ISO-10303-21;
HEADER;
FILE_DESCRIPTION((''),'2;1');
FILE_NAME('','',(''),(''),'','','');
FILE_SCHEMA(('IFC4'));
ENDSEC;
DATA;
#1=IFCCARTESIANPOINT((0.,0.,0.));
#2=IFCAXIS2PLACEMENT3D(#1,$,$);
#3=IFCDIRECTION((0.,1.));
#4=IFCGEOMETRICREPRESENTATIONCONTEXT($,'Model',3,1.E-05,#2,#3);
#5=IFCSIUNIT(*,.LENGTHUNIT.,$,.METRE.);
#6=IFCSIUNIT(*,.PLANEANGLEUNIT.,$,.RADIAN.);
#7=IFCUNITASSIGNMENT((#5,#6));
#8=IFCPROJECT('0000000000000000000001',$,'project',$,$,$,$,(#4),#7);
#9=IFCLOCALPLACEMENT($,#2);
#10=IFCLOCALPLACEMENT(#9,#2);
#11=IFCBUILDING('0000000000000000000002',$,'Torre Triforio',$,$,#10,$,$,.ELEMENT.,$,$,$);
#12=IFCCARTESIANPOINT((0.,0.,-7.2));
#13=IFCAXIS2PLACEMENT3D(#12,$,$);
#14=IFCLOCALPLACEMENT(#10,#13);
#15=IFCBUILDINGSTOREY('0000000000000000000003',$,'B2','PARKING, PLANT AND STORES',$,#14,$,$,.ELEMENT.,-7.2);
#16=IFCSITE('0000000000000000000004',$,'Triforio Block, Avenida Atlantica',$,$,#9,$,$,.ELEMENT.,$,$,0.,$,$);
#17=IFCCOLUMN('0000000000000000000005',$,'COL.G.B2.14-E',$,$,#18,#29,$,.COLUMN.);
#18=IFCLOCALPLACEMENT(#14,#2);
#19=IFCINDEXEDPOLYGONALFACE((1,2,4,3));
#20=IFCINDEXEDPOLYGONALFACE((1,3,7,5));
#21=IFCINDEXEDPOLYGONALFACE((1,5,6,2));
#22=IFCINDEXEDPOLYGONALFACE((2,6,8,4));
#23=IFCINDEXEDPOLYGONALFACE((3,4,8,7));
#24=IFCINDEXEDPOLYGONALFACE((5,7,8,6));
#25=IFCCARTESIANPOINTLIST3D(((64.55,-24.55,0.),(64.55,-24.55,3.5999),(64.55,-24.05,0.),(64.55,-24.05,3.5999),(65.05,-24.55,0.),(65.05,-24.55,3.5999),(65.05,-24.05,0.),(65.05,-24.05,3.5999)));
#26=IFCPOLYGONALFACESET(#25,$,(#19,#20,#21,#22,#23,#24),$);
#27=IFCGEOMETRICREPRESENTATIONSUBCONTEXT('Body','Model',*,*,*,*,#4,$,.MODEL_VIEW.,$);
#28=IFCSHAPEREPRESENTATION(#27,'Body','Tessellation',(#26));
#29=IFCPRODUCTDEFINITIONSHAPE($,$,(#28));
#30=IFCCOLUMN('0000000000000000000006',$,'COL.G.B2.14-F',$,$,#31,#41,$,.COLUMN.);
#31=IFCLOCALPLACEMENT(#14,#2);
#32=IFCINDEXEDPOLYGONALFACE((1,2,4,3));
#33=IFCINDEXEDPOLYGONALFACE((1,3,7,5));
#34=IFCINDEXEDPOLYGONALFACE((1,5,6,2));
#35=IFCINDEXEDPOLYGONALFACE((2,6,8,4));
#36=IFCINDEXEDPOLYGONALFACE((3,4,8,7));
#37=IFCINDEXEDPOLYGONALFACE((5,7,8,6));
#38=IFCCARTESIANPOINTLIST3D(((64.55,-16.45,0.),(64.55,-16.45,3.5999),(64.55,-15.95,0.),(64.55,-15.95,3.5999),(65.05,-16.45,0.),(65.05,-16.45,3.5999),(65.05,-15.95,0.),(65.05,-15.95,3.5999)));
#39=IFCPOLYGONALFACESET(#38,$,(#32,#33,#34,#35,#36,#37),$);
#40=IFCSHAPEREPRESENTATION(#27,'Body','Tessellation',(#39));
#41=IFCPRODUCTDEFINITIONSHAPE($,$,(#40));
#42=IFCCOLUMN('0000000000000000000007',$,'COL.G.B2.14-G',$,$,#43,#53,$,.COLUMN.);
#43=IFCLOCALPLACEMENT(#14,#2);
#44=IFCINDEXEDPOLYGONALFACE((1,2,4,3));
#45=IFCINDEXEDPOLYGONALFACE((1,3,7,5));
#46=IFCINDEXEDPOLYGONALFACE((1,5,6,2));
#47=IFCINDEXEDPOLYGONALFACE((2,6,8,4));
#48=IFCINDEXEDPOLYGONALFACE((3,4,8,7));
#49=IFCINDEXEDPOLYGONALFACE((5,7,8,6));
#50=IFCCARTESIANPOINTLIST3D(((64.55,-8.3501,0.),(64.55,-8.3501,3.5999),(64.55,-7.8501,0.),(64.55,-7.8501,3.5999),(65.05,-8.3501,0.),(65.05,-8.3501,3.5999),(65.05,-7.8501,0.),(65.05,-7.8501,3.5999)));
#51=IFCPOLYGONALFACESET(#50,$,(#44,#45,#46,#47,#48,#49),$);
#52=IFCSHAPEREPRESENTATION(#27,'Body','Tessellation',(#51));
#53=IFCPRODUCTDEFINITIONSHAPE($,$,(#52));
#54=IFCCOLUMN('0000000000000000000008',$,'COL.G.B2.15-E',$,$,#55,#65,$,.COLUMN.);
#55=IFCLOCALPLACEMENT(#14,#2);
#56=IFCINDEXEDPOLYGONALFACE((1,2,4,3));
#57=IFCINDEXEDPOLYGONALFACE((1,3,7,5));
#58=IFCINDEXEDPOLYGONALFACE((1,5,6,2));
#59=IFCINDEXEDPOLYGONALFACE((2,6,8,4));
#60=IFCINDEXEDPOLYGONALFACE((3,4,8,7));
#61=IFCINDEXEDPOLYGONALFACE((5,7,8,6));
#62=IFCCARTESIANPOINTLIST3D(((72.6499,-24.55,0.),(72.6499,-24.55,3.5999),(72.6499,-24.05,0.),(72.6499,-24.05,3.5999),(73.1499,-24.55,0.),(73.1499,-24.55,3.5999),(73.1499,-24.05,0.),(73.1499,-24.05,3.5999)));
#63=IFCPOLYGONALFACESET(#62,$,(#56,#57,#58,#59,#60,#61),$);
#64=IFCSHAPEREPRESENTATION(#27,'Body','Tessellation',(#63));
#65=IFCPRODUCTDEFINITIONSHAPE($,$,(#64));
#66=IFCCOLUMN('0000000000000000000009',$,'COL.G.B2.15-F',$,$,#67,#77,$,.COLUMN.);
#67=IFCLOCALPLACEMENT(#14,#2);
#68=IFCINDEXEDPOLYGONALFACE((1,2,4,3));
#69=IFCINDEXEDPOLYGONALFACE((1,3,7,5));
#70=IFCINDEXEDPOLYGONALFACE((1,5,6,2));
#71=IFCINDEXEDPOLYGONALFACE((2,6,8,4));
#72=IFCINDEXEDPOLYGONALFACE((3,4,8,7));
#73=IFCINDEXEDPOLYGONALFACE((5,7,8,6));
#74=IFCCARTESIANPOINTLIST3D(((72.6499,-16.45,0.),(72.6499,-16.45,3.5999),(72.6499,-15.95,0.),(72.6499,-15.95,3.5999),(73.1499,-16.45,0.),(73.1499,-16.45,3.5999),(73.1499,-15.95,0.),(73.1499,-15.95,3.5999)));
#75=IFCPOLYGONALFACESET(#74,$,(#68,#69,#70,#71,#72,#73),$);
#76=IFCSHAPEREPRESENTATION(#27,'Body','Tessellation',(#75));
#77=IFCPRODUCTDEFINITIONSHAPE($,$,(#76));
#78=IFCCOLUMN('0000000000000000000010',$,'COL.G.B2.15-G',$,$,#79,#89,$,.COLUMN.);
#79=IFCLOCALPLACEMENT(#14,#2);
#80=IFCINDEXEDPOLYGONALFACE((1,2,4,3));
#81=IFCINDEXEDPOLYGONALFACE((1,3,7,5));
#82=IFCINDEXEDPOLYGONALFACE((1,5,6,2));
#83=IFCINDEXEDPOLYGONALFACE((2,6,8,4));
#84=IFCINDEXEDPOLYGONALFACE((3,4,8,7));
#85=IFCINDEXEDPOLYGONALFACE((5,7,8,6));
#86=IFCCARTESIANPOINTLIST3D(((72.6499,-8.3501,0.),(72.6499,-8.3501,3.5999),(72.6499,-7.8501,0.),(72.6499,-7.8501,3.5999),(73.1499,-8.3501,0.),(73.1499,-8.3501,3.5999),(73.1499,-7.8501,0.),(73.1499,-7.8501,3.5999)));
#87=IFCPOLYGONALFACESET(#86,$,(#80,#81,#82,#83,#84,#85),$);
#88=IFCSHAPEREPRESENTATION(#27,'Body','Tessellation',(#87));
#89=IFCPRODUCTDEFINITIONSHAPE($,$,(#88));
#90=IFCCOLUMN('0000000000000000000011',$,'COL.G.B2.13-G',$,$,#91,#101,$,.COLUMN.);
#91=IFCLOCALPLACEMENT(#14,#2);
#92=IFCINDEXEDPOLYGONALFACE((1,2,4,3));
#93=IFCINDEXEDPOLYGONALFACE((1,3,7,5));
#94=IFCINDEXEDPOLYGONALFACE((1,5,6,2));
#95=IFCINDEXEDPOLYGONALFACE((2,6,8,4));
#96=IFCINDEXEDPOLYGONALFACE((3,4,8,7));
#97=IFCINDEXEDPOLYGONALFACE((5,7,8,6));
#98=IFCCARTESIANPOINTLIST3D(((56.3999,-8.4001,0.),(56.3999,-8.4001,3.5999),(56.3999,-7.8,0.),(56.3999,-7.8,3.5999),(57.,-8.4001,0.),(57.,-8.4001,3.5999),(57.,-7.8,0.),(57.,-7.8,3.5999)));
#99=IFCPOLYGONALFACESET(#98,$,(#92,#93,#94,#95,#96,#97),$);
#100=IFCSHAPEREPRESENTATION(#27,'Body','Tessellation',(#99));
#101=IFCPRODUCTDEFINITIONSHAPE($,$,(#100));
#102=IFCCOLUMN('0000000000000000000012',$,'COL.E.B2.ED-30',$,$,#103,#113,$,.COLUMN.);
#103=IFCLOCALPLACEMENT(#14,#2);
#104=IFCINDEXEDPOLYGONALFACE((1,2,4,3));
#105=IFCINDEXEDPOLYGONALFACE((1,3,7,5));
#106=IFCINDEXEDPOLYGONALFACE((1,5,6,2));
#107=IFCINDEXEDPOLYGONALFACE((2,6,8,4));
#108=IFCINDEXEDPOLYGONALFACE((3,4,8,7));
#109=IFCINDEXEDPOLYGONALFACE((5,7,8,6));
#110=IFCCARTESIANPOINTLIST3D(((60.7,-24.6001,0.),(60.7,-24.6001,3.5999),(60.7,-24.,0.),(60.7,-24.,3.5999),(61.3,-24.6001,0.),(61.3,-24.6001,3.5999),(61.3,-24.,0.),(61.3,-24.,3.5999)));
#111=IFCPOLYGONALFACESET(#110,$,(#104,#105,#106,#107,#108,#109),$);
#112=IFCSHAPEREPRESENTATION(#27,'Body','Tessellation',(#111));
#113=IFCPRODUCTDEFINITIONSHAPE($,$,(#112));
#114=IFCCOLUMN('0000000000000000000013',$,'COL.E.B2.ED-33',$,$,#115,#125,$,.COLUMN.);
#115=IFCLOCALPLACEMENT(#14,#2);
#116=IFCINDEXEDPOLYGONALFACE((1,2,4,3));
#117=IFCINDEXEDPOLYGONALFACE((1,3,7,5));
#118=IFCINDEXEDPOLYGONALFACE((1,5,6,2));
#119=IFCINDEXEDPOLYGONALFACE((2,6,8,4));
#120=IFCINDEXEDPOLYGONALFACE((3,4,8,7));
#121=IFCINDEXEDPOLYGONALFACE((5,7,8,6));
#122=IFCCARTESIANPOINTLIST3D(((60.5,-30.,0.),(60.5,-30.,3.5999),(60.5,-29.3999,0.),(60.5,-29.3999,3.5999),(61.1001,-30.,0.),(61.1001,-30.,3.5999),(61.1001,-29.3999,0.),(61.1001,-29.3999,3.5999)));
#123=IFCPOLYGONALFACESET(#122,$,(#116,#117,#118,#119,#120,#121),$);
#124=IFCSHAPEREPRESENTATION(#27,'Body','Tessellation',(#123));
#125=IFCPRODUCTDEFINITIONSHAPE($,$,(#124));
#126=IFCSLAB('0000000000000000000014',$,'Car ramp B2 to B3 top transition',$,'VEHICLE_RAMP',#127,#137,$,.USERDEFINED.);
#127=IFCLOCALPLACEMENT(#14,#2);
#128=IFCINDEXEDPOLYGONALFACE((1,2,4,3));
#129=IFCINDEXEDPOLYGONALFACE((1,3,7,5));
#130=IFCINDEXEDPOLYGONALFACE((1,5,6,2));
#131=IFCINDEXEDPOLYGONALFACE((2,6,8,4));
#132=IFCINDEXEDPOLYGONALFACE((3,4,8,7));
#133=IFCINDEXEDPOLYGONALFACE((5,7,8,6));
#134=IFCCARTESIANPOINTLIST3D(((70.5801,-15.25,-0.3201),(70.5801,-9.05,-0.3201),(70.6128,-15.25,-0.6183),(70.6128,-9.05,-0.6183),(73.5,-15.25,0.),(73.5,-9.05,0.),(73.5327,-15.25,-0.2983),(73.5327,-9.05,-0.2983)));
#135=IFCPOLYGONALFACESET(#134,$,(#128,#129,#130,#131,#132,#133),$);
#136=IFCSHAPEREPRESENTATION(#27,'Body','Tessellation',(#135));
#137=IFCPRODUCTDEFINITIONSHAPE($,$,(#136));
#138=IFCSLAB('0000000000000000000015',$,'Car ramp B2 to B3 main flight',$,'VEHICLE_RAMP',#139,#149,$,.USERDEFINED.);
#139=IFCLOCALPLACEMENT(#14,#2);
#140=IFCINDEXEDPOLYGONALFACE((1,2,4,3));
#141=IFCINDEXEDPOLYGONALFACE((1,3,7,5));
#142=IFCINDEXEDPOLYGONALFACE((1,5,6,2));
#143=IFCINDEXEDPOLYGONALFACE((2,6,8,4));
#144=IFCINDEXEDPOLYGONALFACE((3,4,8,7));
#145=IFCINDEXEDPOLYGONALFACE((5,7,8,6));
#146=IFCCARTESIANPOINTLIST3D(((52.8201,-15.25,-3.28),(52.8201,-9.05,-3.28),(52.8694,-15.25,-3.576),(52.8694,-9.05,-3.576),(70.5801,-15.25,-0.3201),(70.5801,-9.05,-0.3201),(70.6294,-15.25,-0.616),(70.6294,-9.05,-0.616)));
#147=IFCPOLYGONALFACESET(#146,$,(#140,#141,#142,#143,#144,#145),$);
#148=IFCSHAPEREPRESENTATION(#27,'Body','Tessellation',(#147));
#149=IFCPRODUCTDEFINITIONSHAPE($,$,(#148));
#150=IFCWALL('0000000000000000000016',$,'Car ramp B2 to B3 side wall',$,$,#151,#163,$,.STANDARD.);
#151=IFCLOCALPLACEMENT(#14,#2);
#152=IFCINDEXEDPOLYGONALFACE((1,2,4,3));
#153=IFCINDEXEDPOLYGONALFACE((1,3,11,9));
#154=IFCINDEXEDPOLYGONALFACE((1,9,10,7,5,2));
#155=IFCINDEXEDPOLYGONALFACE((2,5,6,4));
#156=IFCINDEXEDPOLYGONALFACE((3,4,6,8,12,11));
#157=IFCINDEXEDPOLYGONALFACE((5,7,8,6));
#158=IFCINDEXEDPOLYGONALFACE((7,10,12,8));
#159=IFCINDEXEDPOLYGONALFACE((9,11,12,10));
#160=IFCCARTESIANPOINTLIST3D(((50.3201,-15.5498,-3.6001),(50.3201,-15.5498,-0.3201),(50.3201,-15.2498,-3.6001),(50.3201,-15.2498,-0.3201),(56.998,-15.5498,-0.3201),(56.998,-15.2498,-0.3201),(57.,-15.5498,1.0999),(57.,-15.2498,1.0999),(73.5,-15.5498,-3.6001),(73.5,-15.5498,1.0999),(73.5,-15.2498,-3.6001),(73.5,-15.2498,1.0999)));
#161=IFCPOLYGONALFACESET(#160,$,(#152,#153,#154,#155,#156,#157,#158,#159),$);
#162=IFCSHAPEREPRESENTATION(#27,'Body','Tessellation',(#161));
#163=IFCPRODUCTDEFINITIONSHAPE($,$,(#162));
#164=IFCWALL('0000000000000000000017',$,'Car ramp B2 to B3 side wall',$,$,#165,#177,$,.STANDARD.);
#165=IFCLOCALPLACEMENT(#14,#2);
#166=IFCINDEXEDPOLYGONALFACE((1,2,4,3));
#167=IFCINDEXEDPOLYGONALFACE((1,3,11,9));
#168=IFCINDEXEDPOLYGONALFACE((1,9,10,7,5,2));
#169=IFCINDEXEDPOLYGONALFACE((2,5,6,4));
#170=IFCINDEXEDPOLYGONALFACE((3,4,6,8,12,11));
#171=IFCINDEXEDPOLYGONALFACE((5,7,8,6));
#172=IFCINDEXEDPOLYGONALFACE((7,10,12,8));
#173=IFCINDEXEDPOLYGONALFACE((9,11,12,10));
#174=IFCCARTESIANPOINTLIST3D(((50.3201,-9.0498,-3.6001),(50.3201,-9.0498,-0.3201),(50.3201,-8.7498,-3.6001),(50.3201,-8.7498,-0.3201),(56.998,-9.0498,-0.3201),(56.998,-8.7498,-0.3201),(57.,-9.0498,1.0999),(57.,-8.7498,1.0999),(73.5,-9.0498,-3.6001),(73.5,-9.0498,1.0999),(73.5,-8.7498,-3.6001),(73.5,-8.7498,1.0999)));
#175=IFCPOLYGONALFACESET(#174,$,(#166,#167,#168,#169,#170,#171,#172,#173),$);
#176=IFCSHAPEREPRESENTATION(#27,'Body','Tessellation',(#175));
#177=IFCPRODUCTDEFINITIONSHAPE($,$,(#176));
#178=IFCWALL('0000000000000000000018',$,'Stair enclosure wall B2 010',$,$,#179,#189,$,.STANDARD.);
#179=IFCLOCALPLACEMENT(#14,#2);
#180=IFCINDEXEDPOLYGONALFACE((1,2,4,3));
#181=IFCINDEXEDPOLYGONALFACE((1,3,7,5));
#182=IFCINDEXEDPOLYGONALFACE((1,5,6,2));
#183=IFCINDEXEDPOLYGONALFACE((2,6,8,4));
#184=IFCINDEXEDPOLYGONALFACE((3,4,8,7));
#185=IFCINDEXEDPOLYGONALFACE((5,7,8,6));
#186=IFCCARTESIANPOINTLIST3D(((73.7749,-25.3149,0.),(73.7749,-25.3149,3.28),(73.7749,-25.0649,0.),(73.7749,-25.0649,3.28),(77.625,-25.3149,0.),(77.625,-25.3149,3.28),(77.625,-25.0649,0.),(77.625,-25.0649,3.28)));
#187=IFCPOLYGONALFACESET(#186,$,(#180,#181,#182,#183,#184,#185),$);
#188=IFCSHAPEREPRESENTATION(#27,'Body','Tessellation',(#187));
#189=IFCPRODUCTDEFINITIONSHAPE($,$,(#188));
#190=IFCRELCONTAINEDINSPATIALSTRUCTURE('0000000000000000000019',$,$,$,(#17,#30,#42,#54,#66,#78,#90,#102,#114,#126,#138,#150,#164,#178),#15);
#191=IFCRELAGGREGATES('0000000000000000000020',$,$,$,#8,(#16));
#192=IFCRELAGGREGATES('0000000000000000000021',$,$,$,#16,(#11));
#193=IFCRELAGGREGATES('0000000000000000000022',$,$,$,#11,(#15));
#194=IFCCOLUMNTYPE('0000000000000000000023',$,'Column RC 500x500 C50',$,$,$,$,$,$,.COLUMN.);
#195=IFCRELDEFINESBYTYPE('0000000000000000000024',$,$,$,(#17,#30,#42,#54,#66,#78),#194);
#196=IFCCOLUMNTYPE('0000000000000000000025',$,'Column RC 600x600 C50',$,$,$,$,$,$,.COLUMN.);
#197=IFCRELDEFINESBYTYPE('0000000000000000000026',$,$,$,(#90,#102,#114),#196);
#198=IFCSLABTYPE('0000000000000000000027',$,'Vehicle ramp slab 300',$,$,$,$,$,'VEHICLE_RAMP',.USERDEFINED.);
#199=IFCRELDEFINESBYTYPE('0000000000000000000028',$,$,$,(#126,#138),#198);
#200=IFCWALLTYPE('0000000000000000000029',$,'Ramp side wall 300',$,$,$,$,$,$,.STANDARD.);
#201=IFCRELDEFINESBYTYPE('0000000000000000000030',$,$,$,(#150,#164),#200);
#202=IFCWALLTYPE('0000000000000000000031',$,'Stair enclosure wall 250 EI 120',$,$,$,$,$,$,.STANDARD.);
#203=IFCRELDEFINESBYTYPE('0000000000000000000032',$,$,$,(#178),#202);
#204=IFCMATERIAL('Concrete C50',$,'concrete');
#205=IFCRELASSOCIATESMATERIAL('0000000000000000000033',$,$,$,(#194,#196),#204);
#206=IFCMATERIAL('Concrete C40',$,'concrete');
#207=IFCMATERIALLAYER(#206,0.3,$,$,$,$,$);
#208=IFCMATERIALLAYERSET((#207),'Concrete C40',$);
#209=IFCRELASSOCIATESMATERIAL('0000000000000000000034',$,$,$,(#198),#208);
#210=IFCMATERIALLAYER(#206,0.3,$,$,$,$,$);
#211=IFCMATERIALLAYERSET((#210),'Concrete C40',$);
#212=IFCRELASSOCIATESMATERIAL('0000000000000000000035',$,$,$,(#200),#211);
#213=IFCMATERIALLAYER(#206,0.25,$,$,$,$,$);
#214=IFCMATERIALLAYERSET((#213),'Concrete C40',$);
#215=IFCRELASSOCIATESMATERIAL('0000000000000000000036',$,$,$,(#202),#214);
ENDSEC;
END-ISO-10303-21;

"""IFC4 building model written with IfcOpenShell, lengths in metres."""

from ifc_helpers import new_model, si_unit, direction, frame, frame_2d, origin, origin_2d, place, context, subcontext, project, spatial, polyline, rectangle, outline, extrude, material, layer, layer_set, material_profile, profile_set, type_object, element, save


model = new_model("IFC4")

# Units and contexts
model_context = context("Model", 3, precision=1e-05, world=origin(), true_north=direction((0.0, 1.0)))
body_context = subcontext(model_context, "Body", "Model", "MODEL_VIEW")
ifc_project = project(units=[si_unit("LENGTHUNIT", "METRE"), si_unit("PLANEANGLEUNIT", "RADIAN")], contexts=[model_context])

# Site, building, storey
site_placement = place(None, origin())
site = spatial("IfcSite", under=ifc_project, at=site_placement, Name="Triforio Block, Avenida Atlantica", CompositionType="ELEMENT", RefElevation=0.0)
building_placement = place(site_placement, origin())
building = spatial("IfcBuilding", under=site, at=building_placement, Name="Torre Triforio", CompositionType="ELEMENT")
storey_placement = place(building_placement, frame((0.0, 0.0, -7.2)))
storey = spatial("IfcBuildingStorey", under=building, at=storey_placement, Name="B2", Description="PARKING, PLANT AND STORES", CompositionType="ELEMENT", Elevation=-7.2)

# Columns
ifc_material_1 = material(Name="Concrete C50", Category="concrete")
ifc_material_profile_1 = material_profile(ifc_material_1, rectangle(XDim=0.5, YDim=0.5, at=origin_2d()), Name="RC 500x500")
ifc_profile_set_1 = profile_set([ifc_material_profile_1], Name="Concrete C50")
column_type_1 = type_object("IfcColumnType", Name="Column RC 500x500 C50", PredefinedType="COLUMN", material=ifc_profile_set_1)
for number, where, z_axis, x_axis, name in (
    (1, (64.8, -24.3, 0.0), (0.0, 0.0, 1.0), (1.0, 0.0, 0.0), "COL.G.B2.14-E"),
    (2, (64.8, -16.2, 0.0), (0.0, 0.0, 1.0), (1.0, 0.0, 0.0), "COL.G.B2.14-F"),
    (3, (64.8, -8.1001, 0.0), (0.0, 0.0, 1.0), (1.0, 0.0, 0.0), "COL.G.B2.14-G"),
    (4, (72.8999, -24.3, 0.0), (0.0, 0.0, 1.0), (1.0, 0.0, 0.0), "COL.G.B2.15-E"),
    (5, (72.8999, -16.2, 0.0), (0.0, 0.0, 1.0), (1.0, 0.0, 0.0), "COL.G.B2.15-F"),
    (6, (72.8999, -8.1001, 0.0), (0.0, 0.0, 1.0), (1.0, 0.0, 0.0), "COL.G.B2.15-G"),
):
    element("IfcColumn", number, at=place(storey_placement, frame(where, z_axis=z_axis, x_axis=x_axis)), inside=storey, type_object=column_type_1, Name=name, PredefinedType="COLUMN", context=body_context, shape_type="SweptSolid", body=[
        extrude(rectangle(XDim=0.5, YDim=0.5, at=origin_2d()), origin(), (0.0, 0.0, 1.0), 3.5999),
    ])
ifc_material_profile_2 = material_profile(ifc_material_1, rectangle(XDim=0.6001, YDim=0.6001, at=origin_2d()), Name="RC 600x600")
ifc_profile_set_2 = profile_set([ifc_material_profile_2], Name="Concrete C50")
column_type_2 = type_object("IfcColumnType", Name="Column RC 600x600 C50", PredefinedType="COLUMN", material=ifc_profile_set_2)
for number, where, z_axis, x_axis, name in (
    (7, (56.7, -8.1001, 0.0), (0.0, 0.0, 1.0), (1.0, 0.0, 0.0), "COL.G.B2.13-G"),
    (8, (61.0, -24.3, 0.0), (0.0, 0.0, 1.0), (1.0, 0.0, 0.0), "COL.E.B2.ED-30"),
    (9, (60.8, -29.7, 0.0), (0.0, 0.0, 1.0), (1.0, 0.0, 0.0), "COL.E.B2.ED-33"),
):
    element("IfcColumn", number, at=place(storey_placement, frame(where, z_axis=z_axis, x_axis=x_axis)), inside=storey, type_object=column_type_2, Name=name, PredefinedType="COLUMN", context=body_context, shape_type="SweptSolid", body=[
        extrude(rectangle(XDim=0.6001, YDim=0.6001, at=origin_2d()), origin(), (0.0, 0.0, 1.0), 3.5999),
    ])

# Slabs
ifc_material_2 = material(Name="Concrete C40", Category="concrete")
ifc_layer_1 = layer(ifc_material_2, 0.3)
ifc_layer_set_1 = layer_set([ifc_layer_1], Name="Concrete C40")
slab_type = type_object("IfcSlabType", Name="Vehicle ramp slab 300", ElementType="VEHICLE_RAMP", PredefinedType="USERDEFINED", material=ifc_layer_set_1)
slab_1_placement = place(storey_placement, frame((73.5, -15.25, 0.0), z_axis=(-0.108963, 0.0, 0.994046), x_axis=(-0.994046, 0.0, -0.108963)))
element("IfcSlab", 10, at=slab_1_placement, inside=storey, type_object=slab_type, Name="Car ramp B2 to B3 top transition", ObjectType="VEHICLE_RAMP", PredefinedType="USERDEFINED", context=body_context, shape_type="SweptSolid", body=[
    extrude(outline(polyline([(0.0, 0.0), (2.9374, 0.0), (2.9374, -6.2), (0.0, -6.2), (0.0, 0.0)])), origin(), (0.0, 0.0, -1.0), 0.3),
])
slab_2_placement = place(storey_placement, frame((70.5801, -15.25, -0.3201), z_axis=(-0.164397, 0.0, 0.986394), x_axis=(-0.986394, 0.0, -0.164397)))
element("IfcSlab", 11, at=slab_2_placement, inside=storey, type_object=slab_type, Name="Car ramp B2 to B3 main flight", ObjectType="VEHICLE_RAMP", PredefinedType="USERDEFINED", context=body_context, shape_type="SweptSolid", body=[
    extrude(outline(polyline([(0.0, 0.0), (18.005, 0.0), (18.005, -6.2), (0.0, -6.2), (0.0, 0.0)])), origin(), (0.0, 0.0, -1.0), 0.3),
])

# Walls
ifc_layer_2 = layer(ifc_material_2, 0.3)
ifc_layer_set_2 = layer_set([ifc_layer_2], Name="Concrete C40")
wall_type_1 = type_object("IfcWallType", Name="Ramp side wall 300", PredefinedType="STANDARD", material=ifc_layer_set_2)
for number, where, z_axis, x_axis, name in (
    (12, (73.5, -15.3999, -3.6001), (0.0, 0.0, 1.0), (-1.0, 0.0, 0.0), "Car ramp B2 to B3 side wall"),
    (13, (73.5, -8.8999, -3.6001), (0.0, 0.0, 1.0), (-1.0, 0.0, 0.0), "Car ramp B2 to B3 side wall"),
):
    element("IfcWall", number, at=place(storey_placement, frame(where, z_axis=z_axis, x_axis=x_axis)), inside=storey, type_object=wall_type_1, Name=name, PredefinedType="STANDARD", context=body_context, shape_type="SweptSolid", body=[
        extrude(outline(polyline([(0.0, 0.0), (23.1799, 0.0), (23.1799, 3.28), (16.502, 3.28), (16.5, 4.7), (0.0, 4.7), (0.0, 0.0)])), frame((0.0, 0.1499, 0.0), z_axis=(0.0, -1.0, 0.0), x_axis=(1.0, 0.0, 0.0)), (0.0, 0.0, 1.0), 0.3),
    ])
ifc_layer_3 = layer(ifc_material_2, 0.25)
ifc_layer_set_3 = layer_set([ifc_layer_3], Name="Concrete C40")
wall_type_2 = type_object("IfcWallType", Name="Stair enclosure wall 250 EI 120", PredefinedType="STANDARD", material=ifc_layer_set_3)
wall_placement = place(storey_placement, frame((73.7749, -25.1899, 0.0), z_axis=(0.0, 0.0, 1.0), x_axis=(1.0, 0.0, 0.0)))
element("IfcWall", 14, at=wall_placement, inside=storey, type_object=wall_type_2, Name="Stair enclosure wall B2 010", PredefinedType="STANDARD", context=body_context, shape_type="SweptSolid", body=[
    extrude(rectangle(XDim=3.8501, YDim=0.25, at=frame_2d((1.925, 0.0))), origin(), (0.0, 0.0, 1.0), 3.28),
])

save(model, "model.ifc")
